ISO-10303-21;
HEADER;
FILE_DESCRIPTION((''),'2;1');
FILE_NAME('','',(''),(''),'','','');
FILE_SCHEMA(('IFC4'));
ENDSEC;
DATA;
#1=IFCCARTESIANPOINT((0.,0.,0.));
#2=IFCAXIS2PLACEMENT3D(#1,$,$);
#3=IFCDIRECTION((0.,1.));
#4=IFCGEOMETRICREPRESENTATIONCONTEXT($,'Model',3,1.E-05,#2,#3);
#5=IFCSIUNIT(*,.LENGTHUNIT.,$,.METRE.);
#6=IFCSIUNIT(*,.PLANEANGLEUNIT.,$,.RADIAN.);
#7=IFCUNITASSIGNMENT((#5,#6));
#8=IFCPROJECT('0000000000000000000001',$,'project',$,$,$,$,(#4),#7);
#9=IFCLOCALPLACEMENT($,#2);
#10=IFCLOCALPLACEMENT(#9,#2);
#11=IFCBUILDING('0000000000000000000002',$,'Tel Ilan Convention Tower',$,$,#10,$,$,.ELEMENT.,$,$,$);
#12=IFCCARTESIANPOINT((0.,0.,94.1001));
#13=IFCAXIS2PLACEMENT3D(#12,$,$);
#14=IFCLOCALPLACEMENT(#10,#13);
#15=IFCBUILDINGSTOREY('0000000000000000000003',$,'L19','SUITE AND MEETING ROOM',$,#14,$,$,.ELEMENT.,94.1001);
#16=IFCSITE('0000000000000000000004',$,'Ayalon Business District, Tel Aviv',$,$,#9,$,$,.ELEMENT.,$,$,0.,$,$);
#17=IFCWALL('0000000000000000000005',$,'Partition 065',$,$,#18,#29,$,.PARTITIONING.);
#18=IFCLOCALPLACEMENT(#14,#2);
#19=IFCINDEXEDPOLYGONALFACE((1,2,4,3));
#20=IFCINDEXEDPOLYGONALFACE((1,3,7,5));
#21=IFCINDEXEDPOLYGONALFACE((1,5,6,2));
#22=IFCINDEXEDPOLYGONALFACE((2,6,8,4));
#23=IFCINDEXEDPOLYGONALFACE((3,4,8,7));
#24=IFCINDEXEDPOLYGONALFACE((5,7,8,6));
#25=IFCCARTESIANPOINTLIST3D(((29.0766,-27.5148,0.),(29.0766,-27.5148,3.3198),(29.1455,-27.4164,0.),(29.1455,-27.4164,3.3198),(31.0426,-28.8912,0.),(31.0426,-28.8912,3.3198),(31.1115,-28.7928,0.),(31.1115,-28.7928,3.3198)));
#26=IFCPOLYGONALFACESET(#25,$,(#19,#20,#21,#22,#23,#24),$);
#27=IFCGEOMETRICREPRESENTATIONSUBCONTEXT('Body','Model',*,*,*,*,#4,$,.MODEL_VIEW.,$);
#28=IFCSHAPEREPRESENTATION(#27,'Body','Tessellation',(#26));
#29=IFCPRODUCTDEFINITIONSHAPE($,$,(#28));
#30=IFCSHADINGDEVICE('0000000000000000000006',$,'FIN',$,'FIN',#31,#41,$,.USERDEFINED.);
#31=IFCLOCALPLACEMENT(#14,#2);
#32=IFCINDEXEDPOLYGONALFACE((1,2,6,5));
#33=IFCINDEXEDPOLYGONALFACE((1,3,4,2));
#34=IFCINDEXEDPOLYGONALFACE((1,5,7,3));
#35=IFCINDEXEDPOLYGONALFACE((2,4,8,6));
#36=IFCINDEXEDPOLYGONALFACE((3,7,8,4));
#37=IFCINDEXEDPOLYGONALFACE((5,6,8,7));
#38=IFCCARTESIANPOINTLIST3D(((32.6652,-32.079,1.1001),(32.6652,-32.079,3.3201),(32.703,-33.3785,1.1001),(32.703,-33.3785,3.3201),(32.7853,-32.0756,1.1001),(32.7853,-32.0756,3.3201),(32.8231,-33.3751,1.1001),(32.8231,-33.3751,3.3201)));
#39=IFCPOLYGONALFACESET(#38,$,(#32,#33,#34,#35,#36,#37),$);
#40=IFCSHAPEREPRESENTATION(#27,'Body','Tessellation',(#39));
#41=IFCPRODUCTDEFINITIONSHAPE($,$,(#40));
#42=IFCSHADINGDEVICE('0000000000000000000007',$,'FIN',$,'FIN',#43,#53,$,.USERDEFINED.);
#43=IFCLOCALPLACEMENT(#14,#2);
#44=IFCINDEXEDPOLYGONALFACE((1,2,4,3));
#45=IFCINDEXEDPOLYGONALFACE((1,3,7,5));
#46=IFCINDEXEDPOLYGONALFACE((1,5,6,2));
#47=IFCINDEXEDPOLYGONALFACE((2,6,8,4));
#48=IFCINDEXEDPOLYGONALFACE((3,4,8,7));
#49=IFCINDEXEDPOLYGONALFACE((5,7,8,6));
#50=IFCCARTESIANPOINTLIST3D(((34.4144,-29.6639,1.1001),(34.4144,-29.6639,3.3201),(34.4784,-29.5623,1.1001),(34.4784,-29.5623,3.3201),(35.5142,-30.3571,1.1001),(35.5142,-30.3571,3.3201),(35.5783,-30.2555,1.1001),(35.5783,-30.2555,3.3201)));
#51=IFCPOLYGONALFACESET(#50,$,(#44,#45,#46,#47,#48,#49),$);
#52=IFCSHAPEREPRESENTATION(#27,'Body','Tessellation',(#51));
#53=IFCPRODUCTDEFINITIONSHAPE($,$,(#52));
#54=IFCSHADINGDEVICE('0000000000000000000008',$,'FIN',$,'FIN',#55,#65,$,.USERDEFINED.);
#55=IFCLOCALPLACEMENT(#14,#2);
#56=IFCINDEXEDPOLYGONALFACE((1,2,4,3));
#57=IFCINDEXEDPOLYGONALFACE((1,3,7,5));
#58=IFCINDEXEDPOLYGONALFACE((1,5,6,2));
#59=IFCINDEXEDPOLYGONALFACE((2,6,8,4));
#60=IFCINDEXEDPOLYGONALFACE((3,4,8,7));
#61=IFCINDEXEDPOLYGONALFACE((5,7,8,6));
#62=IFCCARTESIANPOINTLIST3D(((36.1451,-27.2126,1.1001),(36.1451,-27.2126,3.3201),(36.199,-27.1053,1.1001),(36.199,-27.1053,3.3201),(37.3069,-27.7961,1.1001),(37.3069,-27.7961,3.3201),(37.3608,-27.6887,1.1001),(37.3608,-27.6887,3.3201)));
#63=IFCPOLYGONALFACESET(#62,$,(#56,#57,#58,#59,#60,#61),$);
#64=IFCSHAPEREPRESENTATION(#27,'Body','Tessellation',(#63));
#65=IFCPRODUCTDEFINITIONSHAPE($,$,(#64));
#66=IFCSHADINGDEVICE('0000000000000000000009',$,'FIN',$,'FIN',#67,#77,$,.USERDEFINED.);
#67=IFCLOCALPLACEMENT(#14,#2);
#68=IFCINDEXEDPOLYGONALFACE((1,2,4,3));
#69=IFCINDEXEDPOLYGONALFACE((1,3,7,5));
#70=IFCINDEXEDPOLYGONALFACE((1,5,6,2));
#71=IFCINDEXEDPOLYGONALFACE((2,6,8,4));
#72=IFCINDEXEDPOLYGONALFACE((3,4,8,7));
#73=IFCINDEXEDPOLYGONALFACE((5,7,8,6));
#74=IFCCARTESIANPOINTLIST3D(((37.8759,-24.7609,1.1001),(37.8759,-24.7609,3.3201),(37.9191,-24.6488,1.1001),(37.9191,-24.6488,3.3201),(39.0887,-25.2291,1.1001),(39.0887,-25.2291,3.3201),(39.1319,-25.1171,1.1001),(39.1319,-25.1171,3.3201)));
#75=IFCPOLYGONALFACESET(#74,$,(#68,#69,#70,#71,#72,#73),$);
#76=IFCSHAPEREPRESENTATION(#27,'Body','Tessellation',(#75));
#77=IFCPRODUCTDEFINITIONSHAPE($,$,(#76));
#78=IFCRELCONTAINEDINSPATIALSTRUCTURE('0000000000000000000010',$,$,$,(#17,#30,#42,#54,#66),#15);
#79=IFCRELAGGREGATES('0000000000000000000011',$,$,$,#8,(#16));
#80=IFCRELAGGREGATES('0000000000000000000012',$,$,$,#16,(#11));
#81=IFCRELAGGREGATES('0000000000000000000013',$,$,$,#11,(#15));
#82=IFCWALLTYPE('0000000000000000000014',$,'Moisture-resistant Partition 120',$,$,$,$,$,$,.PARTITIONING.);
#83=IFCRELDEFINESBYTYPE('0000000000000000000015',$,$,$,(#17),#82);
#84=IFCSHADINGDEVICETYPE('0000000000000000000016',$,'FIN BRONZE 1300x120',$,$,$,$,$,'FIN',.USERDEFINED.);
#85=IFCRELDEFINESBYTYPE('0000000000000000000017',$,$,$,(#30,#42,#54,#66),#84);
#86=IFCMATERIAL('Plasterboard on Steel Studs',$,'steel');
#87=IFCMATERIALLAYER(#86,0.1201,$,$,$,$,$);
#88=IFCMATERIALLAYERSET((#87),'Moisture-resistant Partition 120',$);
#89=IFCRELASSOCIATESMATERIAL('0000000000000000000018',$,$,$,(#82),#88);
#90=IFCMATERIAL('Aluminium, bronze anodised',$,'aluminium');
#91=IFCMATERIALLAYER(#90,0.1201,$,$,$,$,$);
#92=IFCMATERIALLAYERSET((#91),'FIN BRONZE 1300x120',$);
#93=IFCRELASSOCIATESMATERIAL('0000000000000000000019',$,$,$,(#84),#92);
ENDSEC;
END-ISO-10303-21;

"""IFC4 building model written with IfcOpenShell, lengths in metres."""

from ifc_helpers import new_model, si_unit, direction, frame, frame_2d, origin, origin_2d, place, context, subcontext, project, spatial, rectangle, extrude, material, layer, layer_set, type_object, element, save


model = new_model("IFC4")

# Units and contexts
model_context = context("Model", 3, precision=1e-05, world=origin(), true_north=direction((0.0, 1.0)))
body_context = subcontext(model_context, "Body", "Model", "MODEL_VIEW")
ifc_project = project(units=[si_unit("LENGTHUNIT", "METRE"), si_unit("PLANEANGLEUNIT", "RADIAN")], contexts=[model_context])

# Site, building, storey
site_placement = place(None, origin())
site = spatial("IfcSite", under=ifc_project, at=site_placement, Name="Ayalon Business District, Tel Aviv", CompositionType="ELEMENT", RefElevation=0.0)
building_placement = place(site_placement, origin())
building = spatial("IfcBuilding", under=site, at=building_placement, Name="Tel Ilan Convention Tower", CompositionType="ELEMENT")
storey_placement = place(building_placement, frame((0.0, 0.0, 94.1001)))
storey = spatial("IfcBuildingStorey", under=building, at=storey_placement, Name="L19", Description="SUITE AND MEETING ROOM", CompositionType="ELEMENT", Elevation=94.1001)

# Shared definitions
ifc_material_1 = material(Name="Plasterboard on Steel Studs", Category="steel")
ifc_layer_1 = layer(ifc_material_1, 0.1201)
ifc_layer_set_1 = layer_set([ifc_layer_1], Name="Moisture-resistant Partition 120")
wall_type_1 = type_object("IfcWallType", Name="Moisture-resistant Partition 120", PredefinedType="PARTITIONING", material=ifc_layer_set_1)

# Wall
wall_1_placement = place(storey_placement, frame((29.1111, -27.4656, 0.0), z_axis=(0.0, 0.0, 1.0), x_axis=(0.819189, -0.573524, 0.0)))
element("IfcWall", 1, at=wall_1_placement, inside=storey, type_object=wall_type_1, Name="Partition 065", PredefinedType="PARTITIONING", context=body_context, shape_type="SweptSolid", body=[
    extrude(rectangle(XDim=2.3999, YDim=0.1201, at=frame_2d((1.2, 0.0))), origin(), (0.0, 0.0, 1.0), 3.3198),
])

# Shading devices
ifc_material_2 = material(Name="Aluminium, bronze anodised", Category="aluminium")
ifc_layer_2 = layer(ifc_material_2, 0.1201)
ifc_layer_set_2 = layer_set([ifc_layer_2], Name="FIN BRONZE 1300x120")
shading_device_type = type_object("IfcShadingDeviceType", Name="FIN BRONZE 1300x120", ElementType="FIN", PredefinedType="USERDEFINED", material=ifc_layer_set_2)
for number, where, z_axis, x_axis, name in (
    (2, (32.7441, -32.7271, 1.1001), (0.0, 0.0, 1.0), (0.029085, -0.999577, 0.0), "FIN"),
    (3, (34.9963, -29.9597, 1.1001), (0.0, 0.0, 1.0), (0.845986, -0.533204, 0.0), "FIN"),
    (4, (36.7529, -27.4507, 1.1001), (0.0, 0.0, 1.0), (0.893633, -0.448799, 0.0), "FIN"),
    (5, (38.5039, -24.939, 1.1001), (0.0, 0.0, 1.0), (0.932884, -0.360178, 0.0), "FIN"),
):
    element("IfcShadingDevice", number, at=place(storey_placement, frame(where, z_axis=z_axis, x_axis=x_axis)), inside=storey, type_object=shading_device_type, Name=name, ObjectType="FIN", PredefinedType="USERDEFINED", context=body_context, shape_type="SweptSolid", body=[
        extrude(rectangle(XDim=1.3, YDim=0.1201, at=origin_2d()), origin(), (0.0, 0.0, 1.0), 2.22),
    ])

save(model, "model.ifc")
